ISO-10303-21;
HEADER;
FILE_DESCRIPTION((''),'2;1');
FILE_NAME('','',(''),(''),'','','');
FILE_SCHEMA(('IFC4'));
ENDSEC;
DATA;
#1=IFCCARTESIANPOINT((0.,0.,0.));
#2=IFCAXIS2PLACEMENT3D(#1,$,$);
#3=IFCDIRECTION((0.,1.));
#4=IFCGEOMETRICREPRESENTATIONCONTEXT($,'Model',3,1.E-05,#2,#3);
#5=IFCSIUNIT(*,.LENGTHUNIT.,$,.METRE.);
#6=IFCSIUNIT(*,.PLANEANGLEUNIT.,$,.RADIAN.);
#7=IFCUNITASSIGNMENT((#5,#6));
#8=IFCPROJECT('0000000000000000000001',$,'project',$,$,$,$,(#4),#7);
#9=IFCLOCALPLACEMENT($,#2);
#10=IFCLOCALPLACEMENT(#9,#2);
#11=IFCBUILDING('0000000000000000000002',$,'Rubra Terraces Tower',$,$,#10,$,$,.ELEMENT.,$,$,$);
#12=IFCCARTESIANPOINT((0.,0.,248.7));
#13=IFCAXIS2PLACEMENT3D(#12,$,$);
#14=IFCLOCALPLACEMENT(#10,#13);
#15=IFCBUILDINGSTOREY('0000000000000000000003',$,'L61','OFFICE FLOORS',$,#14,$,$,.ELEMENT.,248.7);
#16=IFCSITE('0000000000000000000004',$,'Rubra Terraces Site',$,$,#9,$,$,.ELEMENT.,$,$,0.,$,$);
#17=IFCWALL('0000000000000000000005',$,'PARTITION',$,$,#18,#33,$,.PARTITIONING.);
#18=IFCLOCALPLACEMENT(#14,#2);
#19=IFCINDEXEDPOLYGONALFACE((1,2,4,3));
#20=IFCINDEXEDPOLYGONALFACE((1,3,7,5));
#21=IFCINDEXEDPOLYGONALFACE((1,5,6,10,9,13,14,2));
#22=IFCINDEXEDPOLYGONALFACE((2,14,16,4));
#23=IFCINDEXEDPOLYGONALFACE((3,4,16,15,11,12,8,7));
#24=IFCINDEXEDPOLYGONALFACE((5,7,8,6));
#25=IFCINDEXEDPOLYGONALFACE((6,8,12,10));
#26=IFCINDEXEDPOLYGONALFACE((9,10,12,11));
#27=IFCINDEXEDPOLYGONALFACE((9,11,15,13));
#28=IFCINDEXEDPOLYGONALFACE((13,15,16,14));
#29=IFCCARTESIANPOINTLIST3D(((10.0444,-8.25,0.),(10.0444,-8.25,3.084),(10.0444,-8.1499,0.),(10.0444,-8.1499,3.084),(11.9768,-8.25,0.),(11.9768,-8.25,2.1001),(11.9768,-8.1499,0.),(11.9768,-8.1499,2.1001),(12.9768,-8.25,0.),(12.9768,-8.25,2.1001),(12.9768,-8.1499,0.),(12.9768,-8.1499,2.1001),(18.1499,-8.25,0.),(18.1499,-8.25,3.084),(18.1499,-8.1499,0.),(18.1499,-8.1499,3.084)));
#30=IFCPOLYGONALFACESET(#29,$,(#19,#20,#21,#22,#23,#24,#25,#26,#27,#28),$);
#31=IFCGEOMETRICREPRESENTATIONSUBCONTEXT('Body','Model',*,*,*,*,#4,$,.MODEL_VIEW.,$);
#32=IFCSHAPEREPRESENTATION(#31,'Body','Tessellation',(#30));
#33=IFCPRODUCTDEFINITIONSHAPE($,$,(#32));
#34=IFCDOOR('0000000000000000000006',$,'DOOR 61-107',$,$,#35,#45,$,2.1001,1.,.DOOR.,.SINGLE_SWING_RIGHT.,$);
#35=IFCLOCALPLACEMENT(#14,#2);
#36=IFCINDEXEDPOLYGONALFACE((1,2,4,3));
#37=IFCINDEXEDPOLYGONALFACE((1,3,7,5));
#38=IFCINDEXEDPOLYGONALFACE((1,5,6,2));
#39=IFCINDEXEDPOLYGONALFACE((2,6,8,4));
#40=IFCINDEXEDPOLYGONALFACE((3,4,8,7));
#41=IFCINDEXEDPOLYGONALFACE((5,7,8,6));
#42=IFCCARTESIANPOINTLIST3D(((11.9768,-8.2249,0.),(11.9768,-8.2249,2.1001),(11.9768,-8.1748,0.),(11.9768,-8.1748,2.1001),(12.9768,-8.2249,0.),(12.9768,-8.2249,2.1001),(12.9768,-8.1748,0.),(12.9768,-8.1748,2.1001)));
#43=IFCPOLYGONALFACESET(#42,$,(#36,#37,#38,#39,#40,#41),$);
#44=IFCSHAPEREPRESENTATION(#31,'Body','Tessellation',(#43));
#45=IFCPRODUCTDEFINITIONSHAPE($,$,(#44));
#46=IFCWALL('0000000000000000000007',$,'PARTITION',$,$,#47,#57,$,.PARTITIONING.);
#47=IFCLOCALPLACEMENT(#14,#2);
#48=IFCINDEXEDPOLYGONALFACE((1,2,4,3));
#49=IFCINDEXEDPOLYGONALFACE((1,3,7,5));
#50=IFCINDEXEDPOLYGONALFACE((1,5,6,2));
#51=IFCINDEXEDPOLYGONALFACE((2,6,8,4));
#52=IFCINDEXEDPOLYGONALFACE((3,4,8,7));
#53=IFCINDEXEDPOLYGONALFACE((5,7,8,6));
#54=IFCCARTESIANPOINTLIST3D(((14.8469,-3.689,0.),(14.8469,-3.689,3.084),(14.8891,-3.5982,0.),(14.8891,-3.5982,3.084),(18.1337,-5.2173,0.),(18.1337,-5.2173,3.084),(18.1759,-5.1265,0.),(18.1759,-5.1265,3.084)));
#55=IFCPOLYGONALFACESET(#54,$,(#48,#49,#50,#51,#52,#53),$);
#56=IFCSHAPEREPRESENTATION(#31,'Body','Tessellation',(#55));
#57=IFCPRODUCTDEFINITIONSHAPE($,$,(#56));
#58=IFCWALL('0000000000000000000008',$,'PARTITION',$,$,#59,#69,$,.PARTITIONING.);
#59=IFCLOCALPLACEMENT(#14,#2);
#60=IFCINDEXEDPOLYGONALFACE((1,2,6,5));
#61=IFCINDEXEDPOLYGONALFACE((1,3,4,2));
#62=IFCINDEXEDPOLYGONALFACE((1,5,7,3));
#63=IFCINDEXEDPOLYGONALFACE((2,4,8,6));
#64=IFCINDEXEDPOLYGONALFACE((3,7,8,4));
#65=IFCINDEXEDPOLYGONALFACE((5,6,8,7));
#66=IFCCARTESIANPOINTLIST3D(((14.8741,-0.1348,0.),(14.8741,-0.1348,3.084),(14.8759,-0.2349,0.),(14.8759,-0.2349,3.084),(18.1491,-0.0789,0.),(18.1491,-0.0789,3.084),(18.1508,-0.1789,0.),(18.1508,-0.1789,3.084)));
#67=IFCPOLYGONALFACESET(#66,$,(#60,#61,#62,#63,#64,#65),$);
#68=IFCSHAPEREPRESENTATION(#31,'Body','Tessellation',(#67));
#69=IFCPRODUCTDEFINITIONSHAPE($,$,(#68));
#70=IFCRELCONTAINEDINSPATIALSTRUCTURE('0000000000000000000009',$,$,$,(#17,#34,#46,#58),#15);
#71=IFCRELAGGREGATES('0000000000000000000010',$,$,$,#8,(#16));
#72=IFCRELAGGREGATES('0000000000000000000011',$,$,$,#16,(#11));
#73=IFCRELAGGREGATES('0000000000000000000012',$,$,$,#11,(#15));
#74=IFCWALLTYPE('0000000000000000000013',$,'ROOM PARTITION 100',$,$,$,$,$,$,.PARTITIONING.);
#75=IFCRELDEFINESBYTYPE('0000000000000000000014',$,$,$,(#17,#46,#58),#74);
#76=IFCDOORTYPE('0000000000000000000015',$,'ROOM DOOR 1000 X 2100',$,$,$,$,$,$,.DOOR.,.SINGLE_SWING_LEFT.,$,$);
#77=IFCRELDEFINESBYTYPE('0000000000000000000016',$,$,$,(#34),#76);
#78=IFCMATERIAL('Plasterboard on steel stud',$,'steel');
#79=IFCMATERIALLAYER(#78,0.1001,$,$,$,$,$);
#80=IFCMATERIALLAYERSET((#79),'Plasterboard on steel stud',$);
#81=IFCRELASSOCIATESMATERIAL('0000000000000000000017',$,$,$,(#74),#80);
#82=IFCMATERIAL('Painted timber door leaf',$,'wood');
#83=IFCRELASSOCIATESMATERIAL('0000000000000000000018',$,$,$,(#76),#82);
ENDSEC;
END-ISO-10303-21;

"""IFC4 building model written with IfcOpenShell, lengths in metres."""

from ifc_helpers import new_model, si_unit, direction, frame, frame_2d, origin, place, context, subcontext, project, spatial, rectangle, extrude, material, layer, layer_set, type_object, element, fill, save


model = new_model("IFC4")

# Units and contexts
model_context = context("Model", 3, precision=1e-05, world=origin(), true_north=direction((0.0, 1.0)))
body_context = subcontext(model_context, "Body", "Model", "MODEL_VIEW")
ifc_project = project(units=[si_unit("LENGTHUNIT", "METRE"), si_unit("PLANEANGLEUNIT", "RADIAN")], contexts=[model_context])

# Site, building, storey
site_placement = place(None, origin())
site = spatial("IfcSite", under=ifc_project, at=site_placement, Name="Rubra Terraces Site", CompositionType="ELEMENT", RefElevation=0.0)
building_placement = place(site_placement, origin())
building = spatial("IfcBuilding", under=site, at=building_placement, Name="Rubra Terraces Tower", CompositionType="ELEMENT")
storey_placement = place(building_placement, frame((0.0, 0.0, 248.7)))
storey = spatial("IfcBuildingStorey", under=building, at=storey_placement, Name="L61", Description="OFFICE FLOORS", CompositionType="ELEMENT", Elevation=248.7)

# Wall, opening, door
ifc_material_1 = material(Name="Plasterboard on steel stud", Category="steel")
ifc_layer_1 = layer(ifc_material_1, 0.1001)
ifc_layer_set_1 = layer_set([ifc_layer_1], Name="Plasterboard on steel stud")
wall_type_1 = type_object("IfcWallType", Name="ROOM PARTITION 100", PredefinedType="PARTITIONING", material=ifc_layer_set_1)
wall_1_placement = place(storey_placement, frame((18.1499, -8.2, 0.0), z_axis=(0.0, 0.0, 1.0), x_axis=(-1.0, 0.0, 0.0)))
wall_1 = element("IfcWall", 1, at=wall_1_placement, inside=storey, type_object=wall_type_1, Name="PARTITION", PredefinedType="PARTITIONING", context=body_context, shape_type="SweptSolid", body=[
    extrude(rectangle(XDim=8.1055, YDim=0.1001, at=frame_2d((4.0527, 0.0))), origin(), (0.0, 0.0, 1.0), 3.084),
])
opening_1_placement = place(wall_1_placement, frame((5.1731, 0.0, 0.0)))
opening_1 = element("IfcOpeningElement", 2, at=opening_1_placement, cuts=wall_1, PredefinedType="OPENING", context=body_context, shape_type="SweptSolid", body=[
    extrude(rectangle(XDim=1.0, YDim=2.1001, at=frame_2d((0.5, 1.05))), frame((0.0, 0.0601, 0.0), z_axis=(0.0, -1.0, 0.0), x_axis=(1.0, 0.0, 0.0)), (0.0, 0.0, 1.0), 0.1201),
])
ifc_material_2 = material(Name="Painted timber door leaf", Category="wood")
door_type_1 = type_object("IfcDoorType", Name="ROOM DOOR 1000 X 2100", OperationType="SINGLE_SWING_LEFT", PredefinedType="DOOR", material=ifc_material_2)
door_1_placement = place(opening_1_placement, origin())
door_1 = element("IfcDoor", 3, at=door_1_placement, inside=storey, type_object=door_type_1, Name="DOOR 61-107", OperationType="SINGLE_SWING_RIGHT", OverallHeight=2.1001, OverallWidth=1.0, PredefinedType="DOOR", context=body_context, shape_type="SweptSolid", body=[
    extrude(rectangle(XDim=1.0, YDim=2.1001, at=frame_2d((0.5, 1.05))), frame((0.0, 0.0249, 0.0), z_axis=(0.0, -1.0, 0.0), x_axis=(1.0, 0.0, 0.0)), (0.0, 0.0, 1.0), 0.05),
])
fill(opening_1, door_1)

# Walls
wall_2_placement = place(storey_placement, frame((14.8679, -3.6436, 0.0), z_axis=(0.0, 0.0, 1.0), x_axis=(0.906769, -0.421628, 0.0)))
element("IfcWall", 4, at=wall_2_placement, inside=storey, type_object=wall_type_1, Name="PARTITION", PredefinedType="PARTITIONING", context=body_context, shape_type="SweptSolid", body=[
    extrude(rectangle(XDim=3.6248, YDim=0.1001, at=frame_2d((1.8125, 0.0))), origin(), (0.0, 0.0, 1.0), 3.084),
])
wall_3_placement = place(storey_placement, frame((14.875, -0.1848, 0.0), z_axis=(0.0, 0.0, 1.0), x_axis=(0.999854, 0.017069, 0.0)))
element("IfcWall", 5, at=wall_3_placement, inside=storey, type_object=wall_type_1, Name="PARTITION", PredefinedType="PARTITIONING", context=body_context, shape_type="SweptSolid", body=[
    extrude(rectangle(XDim=3.2754, YDim=0.1001, at=frame_2d((1.6377, 0.0))), origin(), (0.0, 0.0, 1.0), 3.084),
])

save(model, "model.ifc")
